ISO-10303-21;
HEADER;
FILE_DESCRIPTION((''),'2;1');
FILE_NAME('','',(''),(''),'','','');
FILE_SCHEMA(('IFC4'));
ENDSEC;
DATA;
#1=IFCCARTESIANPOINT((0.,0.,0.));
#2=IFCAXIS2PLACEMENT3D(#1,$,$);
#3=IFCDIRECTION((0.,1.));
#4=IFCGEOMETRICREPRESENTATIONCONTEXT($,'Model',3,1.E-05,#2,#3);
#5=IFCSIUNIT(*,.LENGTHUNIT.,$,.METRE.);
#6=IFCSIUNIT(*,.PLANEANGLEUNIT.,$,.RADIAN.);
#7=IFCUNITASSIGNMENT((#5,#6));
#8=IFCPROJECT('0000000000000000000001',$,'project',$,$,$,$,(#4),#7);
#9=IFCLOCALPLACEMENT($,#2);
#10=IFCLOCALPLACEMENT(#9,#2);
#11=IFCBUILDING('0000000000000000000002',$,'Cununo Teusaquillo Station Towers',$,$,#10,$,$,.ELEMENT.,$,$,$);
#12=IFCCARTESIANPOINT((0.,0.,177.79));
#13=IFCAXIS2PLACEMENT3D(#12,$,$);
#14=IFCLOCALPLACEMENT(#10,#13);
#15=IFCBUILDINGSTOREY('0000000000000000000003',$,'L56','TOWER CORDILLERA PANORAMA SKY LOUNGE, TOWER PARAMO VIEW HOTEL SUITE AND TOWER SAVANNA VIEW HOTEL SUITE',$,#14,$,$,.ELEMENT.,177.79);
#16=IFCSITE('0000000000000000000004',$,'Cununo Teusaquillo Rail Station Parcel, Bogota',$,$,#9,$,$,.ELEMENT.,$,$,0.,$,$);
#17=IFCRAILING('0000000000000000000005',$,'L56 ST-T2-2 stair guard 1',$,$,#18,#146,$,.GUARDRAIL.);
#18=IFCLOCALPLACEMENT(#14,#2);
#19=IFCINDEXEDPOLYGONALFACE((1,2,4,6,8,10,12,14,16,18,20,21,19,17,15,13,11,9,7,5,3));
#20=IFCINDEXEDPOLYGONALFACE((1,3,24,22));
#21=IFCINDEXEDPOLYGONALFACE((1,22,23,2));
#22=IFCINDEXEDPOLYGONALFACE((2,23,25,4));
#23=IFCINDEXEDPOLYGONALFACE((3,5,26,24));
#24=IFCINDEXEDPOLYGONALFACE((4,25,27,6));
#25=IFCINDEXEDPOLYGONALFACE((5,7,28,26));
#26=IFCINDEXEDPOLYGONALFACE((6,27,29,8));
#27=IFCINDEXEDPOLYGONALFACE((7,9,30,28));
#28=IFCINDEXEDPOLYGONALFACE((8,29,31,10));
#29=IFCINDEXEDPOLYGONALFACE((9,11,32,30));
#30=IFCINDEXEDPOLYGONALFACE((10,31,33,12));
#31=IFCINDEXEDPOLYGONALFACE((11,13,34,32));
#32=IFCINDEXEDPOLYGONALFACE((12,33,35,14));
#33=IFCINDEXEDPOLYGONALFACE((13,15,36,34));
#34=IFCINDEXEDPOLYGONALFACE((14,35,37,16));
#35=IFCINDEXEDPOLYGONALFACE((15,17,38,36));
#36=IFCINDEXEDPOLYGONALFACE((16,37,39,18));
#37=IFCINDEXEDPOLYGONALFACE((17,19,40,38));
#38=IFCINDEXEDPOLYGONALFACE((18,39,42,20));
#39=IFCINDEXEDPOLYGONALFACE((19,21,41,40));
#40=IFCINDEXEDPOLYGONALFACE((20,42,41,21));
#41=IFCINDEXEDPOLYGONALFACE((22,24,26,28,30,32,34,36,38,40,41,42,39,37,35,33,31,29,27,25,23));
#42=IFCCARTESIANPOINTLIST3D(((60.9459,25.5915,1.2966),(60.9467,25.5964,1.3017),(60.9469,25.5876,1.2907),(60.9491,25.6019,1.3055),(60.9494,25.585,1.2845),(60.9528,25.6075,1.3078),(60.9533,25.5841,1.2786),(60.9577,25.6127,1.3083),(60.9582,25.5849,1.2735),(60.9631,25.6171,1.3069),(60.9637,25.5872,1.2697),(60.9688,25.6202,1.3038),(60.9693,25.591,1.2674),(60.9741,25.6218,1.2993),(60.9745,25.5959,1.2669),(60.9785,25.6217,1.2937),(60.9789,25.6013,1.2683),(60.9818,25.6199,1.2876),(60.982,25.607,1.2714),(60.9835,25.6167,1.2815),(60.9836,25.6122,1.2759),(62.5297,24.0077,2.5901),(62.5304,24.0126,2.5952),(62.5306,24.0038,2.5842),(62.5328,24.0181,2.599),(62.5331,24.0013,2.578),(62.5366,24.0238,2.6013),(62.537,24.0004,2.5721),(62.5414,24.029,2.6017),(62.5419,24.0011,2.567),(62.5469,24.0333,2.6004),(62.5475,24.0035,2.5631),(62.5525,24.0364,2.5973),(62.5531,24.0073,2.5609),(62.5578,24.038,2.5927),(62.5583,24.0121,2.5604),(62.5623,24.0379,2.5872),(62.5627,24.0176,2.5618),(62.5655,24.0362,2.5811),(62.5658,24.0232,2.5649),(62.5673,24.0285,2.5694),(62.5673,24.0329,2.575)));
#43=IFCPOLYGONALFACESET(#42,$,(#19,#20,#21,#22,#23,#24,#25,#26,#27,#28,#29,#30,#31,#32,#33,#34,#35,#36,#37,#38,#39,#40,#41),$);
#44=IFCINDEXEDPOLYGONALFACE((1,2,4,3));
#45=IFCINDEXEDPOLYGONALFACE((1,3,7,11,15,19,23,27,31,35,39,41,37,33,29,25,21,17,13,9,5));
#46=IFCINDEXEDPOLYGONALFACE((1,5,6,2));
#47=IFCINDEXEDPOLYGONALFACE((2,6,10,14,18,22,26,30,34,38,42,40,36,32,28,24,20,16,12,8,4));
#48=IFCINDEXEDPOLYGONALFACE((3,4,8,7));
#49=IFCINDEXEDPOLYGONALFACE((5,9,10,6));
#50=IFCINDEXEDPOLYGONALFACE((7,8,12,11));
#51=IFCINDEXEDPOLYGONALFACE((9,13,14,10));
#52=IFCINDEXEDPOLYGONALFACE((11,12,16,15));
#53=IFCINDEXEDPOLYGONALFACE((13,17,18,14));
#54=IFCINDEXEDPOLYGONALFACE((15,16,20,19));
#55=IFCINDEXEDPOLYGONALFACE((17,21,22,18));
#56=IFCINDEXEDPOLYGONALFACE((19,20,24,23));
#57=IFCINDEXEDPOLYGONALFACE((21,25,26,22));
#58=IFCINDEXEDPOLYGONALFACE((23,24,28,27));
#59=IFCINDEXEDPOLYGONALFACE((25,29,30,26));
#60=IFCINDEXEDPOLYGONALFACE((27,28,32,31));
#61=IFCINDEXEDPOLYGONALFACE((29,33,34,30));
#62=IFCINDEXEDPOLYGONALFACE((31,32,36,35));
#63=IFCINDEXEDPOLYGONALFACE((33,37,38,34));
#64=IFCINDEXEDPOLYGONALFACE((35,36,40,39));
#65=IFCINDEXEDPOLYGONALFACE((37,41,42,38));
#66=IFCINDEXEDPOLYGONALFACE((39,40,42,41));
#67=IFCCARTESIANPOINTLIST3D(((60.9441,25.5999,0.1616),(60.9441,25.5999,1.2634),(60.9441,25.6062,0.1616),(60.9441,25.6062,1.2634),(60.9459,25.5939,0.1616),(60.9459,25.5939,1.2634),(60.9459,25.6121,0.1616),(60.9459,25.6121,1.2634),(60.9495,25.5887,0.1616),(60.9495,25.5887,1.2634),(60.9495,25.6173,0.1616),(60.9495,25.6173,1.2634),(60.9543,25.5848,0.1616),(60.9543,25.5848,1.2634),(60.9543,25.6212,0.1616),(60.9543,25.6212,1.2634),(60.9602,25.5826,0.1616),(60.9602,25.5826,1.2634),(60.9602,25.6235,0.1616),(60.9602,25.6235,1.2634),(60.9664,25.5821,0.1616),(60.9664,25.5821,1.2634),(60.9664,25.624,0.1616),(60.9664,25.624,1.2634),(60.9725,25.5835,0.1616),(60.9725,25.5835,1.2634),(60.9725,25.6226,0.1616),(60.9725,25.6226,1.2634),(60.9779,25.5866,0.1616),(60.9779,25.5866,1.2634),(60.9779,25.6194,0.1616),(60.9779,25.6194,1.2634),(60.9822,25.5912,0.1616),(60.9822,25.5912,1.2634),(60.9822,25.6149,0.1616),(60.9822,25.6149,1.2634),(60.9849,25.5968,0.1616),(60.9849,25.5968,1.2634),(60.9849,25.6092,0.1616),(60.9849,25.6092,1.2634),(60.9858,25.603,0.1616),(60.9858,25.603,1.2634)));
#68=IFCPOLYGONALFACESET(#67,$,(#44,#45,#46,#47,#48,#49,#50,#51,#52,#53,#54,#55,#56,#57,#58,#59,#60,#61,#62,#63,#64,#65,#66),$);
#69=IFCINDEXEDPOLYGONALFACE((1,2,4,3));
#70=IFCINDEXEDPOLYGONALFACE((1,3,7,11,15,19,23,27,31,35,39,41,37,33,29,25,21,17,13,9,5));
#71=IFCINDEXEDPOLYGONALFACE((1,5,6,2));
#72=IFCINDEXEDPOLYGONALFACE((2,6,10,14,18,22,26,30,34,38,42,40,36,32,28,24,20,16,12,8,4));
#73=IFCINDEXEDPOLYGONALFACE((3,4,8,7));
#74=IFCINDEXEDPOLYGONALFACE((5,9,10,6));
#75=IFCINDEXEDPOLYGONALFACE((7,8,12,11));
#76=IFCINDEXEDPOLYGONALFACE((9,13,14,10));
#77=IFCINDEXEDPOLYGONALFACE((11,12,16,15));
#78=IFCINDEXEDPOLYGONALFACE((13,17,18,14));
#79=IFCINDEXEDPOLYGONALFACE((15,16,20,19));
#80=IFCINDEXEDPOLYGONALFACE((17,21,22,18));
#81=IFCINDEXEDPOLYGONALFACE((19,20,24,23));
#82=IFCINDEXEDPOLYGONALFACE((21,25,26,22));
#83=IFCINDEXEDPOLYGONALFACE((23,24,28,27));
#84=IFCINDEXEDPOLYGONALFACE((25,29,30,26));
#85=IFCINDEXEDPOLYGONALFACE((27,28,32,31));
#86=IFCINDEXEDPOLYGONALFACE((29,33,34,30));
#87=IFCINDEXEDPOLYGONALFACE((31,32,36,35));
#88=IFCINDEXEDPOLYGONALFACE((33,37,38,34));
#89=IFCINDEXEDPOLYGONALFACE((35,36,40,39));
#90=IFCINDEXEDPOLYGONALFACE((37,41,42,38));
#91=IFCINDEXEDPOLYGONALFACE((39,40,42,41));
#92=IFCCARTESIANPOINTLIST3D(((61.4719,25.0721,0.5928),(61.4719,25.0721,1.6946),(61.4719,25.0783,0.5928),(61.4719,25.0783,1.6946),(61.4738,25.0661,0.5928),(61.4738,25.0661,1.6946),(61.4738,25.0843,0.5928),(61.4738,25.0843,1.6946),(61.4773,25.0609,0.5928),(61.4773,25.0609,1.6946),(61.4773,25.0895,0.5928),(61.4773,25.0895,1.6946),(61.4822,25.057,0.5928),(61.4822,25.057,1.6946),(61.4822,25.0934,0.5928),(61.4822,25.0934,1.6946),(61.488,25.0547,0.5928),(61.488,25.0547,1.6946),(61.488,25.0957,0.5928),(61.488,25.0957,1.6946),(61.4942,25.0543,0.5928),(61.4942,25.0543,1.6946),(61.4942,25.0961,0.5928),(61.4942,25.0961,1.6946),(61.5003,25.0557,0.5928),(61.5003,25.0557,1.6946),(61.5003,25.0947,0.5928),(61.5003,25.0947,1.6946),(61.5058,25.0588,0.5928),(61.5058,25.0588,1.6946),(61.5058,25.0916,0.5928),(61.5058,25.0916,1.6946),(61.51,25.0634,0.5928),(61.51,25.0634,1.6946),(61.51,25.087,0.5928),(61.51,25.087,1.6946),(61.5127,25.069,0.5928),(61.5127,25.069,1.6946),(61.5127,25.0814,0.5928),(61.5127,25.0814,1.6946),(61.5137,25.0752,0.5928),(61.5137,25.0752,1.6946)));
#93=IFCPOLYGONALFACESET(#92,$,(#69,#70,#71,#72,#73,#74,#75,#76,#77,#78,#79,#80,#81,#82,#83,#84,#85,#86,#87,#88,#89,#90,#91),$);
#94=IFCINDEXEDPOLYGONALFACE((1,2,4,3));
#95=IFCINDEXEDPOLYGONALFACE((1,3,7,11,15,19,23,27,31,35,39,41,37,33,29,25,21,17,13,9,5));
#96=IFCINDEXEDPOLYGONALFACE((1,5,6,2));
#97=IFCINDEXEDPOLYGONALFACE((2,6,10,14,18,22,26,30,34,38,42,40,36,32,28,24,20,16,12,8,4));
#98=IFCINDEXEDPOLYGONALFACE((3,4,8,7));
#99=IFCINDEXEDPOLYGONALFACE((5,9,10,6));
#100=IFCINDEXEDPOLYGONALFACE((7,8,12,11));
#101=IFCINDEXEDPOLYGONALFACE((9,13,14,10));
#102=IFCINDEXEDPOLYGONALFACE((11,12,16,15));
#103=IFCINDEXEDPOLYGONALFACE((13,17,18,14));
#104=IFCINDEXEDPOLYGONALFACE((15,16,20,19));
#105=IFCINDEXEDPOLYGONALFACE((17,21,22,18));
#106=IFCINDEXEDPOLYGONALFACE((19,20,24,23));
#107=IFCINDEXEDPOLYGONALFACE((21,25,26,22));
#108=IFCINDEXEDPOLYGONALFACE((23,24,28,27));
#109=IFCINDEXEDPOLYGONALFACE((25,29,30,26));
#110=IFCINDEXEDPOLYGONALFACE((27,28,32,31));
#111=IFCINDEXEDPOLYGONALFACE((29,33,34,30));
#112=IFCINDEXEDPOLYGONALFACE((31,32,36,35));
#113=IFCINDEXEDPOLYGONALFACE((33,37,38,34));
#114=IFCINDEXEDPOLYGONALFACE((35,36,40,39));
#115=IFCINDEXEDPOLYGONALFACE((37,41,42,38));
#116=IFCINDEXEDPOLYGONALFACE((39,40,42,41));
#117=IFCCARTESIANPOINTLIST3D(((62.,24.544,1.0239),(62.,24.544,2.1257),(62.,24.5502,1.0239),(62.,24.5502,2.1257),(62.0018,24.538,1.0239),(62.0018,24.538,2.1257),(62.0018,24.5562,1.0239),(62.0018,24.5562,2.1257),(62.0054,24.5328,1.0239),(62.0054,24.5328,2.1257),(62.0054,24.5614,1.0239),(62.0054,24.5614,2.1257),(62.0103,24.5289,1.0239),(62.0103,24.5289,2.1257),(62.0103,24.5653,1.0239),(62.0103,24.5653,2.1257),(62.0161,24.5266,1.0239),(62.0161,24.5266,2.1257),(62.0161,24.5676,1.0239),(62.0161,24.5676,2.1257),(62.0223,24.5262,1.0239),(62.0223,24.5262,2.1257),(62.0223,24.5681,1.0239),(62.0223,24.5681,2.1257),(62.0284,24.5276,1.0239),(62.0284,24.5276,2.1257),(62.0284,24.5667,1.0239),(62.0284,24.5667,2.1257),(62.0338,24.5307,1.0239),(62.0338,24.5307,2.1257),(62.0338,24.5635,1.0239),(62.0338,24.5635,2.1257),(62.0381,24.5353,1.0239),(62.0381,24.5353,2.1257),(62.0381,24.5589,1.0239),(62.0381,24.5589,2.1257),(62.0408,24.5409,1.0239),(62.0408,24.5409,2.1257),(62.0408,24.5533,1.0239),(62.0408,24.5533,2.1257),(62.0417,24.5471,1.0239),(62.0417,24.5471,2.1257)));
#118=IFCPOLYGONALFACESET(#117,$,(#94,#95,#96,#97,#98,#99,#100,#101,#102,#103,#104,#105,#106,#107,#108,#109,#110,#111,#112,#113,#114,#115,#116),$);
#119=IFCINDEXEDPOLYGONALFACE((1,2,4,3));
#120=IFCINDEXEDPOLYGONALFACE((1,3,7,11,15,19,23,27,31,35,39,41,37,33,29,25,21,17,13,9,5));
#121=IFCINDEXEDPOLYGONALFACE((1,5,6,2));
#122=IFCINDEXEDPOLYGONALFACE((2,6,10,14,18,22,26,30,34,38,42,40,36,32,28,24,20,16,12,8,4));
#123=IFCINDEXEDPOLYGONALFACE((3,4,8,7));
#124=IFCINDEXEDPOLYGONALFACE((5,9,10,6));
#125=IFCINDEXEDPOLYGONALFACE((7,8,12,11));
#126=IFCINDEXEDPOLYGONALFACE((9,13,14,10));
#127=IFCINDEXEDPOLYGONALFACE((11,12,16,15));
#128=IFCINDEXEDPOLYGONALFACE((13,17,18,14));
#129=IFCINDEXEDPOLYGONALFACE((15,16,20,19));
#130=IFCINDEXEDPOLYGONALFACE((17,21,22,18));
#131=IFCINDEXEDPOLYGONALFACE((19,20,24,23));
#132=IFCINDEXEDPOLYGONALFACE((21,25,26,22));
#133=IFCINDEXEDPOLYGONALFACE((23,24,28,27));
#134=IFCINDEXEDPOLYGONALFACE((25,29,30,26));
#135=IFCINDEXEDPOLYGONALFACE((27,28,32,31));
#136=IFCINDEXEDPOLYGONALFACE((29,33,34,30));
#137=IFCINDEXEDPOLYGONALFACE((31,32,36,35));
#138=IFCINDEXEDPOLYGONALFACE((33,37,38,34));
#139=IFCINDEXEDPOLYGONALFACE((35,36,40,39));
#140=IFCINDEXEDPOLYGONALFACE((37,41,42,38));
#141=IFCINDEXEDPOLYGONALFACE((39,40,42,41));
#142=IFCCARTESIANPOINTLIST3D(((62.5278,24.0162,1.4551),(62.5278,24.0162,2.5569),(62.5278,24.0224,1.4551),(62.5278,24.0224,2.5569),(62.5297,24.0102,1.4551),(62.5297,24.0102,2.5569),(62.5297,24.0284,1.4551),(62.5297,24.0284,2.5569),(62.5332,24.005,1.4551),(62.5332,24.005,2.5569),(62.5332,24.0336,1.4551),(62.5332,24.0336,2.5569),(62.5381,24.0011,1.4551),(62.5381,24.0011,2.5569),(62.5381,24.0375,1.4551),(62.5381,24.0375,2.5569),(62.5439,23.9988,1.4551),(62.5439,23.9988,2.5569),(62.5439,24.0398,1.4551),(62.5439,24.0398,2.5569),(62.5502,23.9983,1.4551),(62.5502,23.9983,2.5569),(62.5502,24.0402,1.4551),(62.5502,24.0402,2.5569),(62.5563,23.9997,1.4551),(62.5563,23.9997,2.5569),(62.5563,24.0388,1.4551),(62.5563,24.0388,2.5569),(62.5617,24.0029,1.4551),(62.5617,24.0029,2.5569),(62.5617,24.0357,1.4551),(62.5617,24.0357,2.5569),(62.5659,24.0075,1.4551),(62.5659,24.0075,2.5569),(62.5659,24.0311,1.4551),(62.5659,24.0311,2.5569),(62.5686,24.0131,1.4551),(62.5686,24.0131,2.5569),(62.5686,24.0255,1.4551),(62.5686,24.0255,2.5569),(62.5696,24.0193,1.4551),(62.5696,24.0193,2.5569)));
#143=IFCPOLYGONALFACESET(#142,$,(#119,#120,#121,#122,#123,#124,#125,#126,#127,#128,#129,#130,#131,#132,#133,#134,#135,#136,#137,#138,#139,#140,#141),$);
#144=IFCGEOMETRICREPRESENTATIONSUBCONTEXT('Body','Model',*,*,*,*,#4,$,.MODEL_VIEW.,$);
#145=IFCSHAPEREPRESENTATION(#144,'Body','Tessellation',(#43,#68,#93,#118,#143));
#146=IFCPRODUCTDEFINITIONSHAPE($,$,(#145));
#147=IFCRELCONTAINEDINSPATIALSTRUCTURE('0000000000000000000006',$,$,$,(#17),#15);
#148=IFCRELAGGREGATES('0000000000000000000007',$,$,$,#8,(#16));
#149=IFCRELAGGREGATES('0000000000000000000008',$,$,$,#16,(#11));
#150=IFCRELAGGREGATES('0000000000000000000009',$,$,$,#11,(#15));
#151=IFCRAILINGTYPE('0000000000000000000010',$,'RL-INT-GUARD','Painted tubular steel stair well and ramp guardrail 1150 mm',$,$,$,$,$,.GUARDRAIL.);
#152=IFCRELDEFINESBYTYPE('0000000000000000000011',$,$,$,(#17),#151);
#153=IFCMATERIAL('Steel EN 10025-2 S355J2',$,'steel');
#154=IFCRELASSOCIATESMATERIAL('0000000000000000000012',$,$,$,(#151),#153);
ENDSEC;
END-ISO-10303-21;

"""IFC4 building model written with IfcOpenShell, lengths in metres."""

from ifc_helpers import new_model, si_unit, direction, frame, origin, origin_2d, place, context, subcontext, project, spatial, circle, extrude, material, type_object, element, save


model = new_model("IFC4")

# Units and contexts
model_context = context("Model", 3, precision=1e-05, world=origin(), true_north=direction((0.0, 1.0)))
body_context = subcontext(model_context, "Body", "Model", "MODEL_VIEW")
ifc_project = project(units=[si_unit("LENGTHUNIT", "METRE"), si_unit("PLANEANGLEUNIT", "RADIAN")], contexts=[model_context])

# Site, building, storey
site_placement = place(None, origin())
site = spatial("IfcSite", under=ifc_project, at=site_placement, Name="Cununo Teusaquillo Rail Station Parcel, Bogota", CompositionType="ELEMENT", RefElevation=0.0)
building_placement = place(site_placement, origin())
building = spatial("IfcBuilding", under=site, at=building_placement, Name="Cununo Teusaquillo Station Towers", CompositionType="ELEMENT")
storey_placement = place(building_placement, frame((0.0, 0.0, 177.79)))
storey = spatial("IfcBuildingStorey", under=building, at=storey_placement, Name="L56", Description="TOWER CORDILLERA PANORAMA SKY LOUNGE, TOWER PARAMO VIEW HOTEL SUITE AND TOWER SAVANNA VIEW HOTEL SUITE", CompositionType="ELEMENT", Elevation=177.79)

# Railing
ifc_material_1 = material(Name="Steel EN 10025-2 S355J2", Category="steel")
railing_type_1 = type_object("IfcRailingType", Name="RL-INT-GUARD", Description="Painted tubular steel stair well and ramp guardrail 1150 mm", PredefinedType="GUARDRAIL", material=ifc_material_1)
railing_1_placement = place(storey_placement, frame((60.9648, 25.603, 0.1616)))
element("IfcRailing", 1, at=railing_1_placement, inside=storey, type_object=railing_type_1, Name="L56 ST-T2-2 stair guard 1", PredefinedType="GUARDRAIL", context=body_context, shape_type="SweptSolid", body=[
    extrude(circle(Radius=0.0239, at=origin_2d()), frame((0.0, 0.0, 1.126), z_axis=(0.612332, -0.612332, 0.500098), x_axis=(0.707107, 0.707107, 0.0)), (0.0, 0.0, 1.0), 2.5864),
    extrude(circle(Radius=0.021, at=origin_2d()), origin(), (0.0, 0.0, 1.0), 1.1018),
    extrude(circle(Radius=0.021, at=origin_2d()), frame((0.5278, -0.5278, 0.4312)), (0.0, 0.0, 1.0), 1.1018),
    extrude(circle(Radius=0.021, at=origin_2d()), frame((1.0559, -1.0559, 0.8623)), (0.0, 0.0, 1.0), 1.1018),
    extrude(circle(Radius=0.021, at=origin_2d()), frame((1.5837, -1.5837, 1.2935)), (0.0, 0.0, 1.0), 1.1018),
])

save(model, "model.ifc")
